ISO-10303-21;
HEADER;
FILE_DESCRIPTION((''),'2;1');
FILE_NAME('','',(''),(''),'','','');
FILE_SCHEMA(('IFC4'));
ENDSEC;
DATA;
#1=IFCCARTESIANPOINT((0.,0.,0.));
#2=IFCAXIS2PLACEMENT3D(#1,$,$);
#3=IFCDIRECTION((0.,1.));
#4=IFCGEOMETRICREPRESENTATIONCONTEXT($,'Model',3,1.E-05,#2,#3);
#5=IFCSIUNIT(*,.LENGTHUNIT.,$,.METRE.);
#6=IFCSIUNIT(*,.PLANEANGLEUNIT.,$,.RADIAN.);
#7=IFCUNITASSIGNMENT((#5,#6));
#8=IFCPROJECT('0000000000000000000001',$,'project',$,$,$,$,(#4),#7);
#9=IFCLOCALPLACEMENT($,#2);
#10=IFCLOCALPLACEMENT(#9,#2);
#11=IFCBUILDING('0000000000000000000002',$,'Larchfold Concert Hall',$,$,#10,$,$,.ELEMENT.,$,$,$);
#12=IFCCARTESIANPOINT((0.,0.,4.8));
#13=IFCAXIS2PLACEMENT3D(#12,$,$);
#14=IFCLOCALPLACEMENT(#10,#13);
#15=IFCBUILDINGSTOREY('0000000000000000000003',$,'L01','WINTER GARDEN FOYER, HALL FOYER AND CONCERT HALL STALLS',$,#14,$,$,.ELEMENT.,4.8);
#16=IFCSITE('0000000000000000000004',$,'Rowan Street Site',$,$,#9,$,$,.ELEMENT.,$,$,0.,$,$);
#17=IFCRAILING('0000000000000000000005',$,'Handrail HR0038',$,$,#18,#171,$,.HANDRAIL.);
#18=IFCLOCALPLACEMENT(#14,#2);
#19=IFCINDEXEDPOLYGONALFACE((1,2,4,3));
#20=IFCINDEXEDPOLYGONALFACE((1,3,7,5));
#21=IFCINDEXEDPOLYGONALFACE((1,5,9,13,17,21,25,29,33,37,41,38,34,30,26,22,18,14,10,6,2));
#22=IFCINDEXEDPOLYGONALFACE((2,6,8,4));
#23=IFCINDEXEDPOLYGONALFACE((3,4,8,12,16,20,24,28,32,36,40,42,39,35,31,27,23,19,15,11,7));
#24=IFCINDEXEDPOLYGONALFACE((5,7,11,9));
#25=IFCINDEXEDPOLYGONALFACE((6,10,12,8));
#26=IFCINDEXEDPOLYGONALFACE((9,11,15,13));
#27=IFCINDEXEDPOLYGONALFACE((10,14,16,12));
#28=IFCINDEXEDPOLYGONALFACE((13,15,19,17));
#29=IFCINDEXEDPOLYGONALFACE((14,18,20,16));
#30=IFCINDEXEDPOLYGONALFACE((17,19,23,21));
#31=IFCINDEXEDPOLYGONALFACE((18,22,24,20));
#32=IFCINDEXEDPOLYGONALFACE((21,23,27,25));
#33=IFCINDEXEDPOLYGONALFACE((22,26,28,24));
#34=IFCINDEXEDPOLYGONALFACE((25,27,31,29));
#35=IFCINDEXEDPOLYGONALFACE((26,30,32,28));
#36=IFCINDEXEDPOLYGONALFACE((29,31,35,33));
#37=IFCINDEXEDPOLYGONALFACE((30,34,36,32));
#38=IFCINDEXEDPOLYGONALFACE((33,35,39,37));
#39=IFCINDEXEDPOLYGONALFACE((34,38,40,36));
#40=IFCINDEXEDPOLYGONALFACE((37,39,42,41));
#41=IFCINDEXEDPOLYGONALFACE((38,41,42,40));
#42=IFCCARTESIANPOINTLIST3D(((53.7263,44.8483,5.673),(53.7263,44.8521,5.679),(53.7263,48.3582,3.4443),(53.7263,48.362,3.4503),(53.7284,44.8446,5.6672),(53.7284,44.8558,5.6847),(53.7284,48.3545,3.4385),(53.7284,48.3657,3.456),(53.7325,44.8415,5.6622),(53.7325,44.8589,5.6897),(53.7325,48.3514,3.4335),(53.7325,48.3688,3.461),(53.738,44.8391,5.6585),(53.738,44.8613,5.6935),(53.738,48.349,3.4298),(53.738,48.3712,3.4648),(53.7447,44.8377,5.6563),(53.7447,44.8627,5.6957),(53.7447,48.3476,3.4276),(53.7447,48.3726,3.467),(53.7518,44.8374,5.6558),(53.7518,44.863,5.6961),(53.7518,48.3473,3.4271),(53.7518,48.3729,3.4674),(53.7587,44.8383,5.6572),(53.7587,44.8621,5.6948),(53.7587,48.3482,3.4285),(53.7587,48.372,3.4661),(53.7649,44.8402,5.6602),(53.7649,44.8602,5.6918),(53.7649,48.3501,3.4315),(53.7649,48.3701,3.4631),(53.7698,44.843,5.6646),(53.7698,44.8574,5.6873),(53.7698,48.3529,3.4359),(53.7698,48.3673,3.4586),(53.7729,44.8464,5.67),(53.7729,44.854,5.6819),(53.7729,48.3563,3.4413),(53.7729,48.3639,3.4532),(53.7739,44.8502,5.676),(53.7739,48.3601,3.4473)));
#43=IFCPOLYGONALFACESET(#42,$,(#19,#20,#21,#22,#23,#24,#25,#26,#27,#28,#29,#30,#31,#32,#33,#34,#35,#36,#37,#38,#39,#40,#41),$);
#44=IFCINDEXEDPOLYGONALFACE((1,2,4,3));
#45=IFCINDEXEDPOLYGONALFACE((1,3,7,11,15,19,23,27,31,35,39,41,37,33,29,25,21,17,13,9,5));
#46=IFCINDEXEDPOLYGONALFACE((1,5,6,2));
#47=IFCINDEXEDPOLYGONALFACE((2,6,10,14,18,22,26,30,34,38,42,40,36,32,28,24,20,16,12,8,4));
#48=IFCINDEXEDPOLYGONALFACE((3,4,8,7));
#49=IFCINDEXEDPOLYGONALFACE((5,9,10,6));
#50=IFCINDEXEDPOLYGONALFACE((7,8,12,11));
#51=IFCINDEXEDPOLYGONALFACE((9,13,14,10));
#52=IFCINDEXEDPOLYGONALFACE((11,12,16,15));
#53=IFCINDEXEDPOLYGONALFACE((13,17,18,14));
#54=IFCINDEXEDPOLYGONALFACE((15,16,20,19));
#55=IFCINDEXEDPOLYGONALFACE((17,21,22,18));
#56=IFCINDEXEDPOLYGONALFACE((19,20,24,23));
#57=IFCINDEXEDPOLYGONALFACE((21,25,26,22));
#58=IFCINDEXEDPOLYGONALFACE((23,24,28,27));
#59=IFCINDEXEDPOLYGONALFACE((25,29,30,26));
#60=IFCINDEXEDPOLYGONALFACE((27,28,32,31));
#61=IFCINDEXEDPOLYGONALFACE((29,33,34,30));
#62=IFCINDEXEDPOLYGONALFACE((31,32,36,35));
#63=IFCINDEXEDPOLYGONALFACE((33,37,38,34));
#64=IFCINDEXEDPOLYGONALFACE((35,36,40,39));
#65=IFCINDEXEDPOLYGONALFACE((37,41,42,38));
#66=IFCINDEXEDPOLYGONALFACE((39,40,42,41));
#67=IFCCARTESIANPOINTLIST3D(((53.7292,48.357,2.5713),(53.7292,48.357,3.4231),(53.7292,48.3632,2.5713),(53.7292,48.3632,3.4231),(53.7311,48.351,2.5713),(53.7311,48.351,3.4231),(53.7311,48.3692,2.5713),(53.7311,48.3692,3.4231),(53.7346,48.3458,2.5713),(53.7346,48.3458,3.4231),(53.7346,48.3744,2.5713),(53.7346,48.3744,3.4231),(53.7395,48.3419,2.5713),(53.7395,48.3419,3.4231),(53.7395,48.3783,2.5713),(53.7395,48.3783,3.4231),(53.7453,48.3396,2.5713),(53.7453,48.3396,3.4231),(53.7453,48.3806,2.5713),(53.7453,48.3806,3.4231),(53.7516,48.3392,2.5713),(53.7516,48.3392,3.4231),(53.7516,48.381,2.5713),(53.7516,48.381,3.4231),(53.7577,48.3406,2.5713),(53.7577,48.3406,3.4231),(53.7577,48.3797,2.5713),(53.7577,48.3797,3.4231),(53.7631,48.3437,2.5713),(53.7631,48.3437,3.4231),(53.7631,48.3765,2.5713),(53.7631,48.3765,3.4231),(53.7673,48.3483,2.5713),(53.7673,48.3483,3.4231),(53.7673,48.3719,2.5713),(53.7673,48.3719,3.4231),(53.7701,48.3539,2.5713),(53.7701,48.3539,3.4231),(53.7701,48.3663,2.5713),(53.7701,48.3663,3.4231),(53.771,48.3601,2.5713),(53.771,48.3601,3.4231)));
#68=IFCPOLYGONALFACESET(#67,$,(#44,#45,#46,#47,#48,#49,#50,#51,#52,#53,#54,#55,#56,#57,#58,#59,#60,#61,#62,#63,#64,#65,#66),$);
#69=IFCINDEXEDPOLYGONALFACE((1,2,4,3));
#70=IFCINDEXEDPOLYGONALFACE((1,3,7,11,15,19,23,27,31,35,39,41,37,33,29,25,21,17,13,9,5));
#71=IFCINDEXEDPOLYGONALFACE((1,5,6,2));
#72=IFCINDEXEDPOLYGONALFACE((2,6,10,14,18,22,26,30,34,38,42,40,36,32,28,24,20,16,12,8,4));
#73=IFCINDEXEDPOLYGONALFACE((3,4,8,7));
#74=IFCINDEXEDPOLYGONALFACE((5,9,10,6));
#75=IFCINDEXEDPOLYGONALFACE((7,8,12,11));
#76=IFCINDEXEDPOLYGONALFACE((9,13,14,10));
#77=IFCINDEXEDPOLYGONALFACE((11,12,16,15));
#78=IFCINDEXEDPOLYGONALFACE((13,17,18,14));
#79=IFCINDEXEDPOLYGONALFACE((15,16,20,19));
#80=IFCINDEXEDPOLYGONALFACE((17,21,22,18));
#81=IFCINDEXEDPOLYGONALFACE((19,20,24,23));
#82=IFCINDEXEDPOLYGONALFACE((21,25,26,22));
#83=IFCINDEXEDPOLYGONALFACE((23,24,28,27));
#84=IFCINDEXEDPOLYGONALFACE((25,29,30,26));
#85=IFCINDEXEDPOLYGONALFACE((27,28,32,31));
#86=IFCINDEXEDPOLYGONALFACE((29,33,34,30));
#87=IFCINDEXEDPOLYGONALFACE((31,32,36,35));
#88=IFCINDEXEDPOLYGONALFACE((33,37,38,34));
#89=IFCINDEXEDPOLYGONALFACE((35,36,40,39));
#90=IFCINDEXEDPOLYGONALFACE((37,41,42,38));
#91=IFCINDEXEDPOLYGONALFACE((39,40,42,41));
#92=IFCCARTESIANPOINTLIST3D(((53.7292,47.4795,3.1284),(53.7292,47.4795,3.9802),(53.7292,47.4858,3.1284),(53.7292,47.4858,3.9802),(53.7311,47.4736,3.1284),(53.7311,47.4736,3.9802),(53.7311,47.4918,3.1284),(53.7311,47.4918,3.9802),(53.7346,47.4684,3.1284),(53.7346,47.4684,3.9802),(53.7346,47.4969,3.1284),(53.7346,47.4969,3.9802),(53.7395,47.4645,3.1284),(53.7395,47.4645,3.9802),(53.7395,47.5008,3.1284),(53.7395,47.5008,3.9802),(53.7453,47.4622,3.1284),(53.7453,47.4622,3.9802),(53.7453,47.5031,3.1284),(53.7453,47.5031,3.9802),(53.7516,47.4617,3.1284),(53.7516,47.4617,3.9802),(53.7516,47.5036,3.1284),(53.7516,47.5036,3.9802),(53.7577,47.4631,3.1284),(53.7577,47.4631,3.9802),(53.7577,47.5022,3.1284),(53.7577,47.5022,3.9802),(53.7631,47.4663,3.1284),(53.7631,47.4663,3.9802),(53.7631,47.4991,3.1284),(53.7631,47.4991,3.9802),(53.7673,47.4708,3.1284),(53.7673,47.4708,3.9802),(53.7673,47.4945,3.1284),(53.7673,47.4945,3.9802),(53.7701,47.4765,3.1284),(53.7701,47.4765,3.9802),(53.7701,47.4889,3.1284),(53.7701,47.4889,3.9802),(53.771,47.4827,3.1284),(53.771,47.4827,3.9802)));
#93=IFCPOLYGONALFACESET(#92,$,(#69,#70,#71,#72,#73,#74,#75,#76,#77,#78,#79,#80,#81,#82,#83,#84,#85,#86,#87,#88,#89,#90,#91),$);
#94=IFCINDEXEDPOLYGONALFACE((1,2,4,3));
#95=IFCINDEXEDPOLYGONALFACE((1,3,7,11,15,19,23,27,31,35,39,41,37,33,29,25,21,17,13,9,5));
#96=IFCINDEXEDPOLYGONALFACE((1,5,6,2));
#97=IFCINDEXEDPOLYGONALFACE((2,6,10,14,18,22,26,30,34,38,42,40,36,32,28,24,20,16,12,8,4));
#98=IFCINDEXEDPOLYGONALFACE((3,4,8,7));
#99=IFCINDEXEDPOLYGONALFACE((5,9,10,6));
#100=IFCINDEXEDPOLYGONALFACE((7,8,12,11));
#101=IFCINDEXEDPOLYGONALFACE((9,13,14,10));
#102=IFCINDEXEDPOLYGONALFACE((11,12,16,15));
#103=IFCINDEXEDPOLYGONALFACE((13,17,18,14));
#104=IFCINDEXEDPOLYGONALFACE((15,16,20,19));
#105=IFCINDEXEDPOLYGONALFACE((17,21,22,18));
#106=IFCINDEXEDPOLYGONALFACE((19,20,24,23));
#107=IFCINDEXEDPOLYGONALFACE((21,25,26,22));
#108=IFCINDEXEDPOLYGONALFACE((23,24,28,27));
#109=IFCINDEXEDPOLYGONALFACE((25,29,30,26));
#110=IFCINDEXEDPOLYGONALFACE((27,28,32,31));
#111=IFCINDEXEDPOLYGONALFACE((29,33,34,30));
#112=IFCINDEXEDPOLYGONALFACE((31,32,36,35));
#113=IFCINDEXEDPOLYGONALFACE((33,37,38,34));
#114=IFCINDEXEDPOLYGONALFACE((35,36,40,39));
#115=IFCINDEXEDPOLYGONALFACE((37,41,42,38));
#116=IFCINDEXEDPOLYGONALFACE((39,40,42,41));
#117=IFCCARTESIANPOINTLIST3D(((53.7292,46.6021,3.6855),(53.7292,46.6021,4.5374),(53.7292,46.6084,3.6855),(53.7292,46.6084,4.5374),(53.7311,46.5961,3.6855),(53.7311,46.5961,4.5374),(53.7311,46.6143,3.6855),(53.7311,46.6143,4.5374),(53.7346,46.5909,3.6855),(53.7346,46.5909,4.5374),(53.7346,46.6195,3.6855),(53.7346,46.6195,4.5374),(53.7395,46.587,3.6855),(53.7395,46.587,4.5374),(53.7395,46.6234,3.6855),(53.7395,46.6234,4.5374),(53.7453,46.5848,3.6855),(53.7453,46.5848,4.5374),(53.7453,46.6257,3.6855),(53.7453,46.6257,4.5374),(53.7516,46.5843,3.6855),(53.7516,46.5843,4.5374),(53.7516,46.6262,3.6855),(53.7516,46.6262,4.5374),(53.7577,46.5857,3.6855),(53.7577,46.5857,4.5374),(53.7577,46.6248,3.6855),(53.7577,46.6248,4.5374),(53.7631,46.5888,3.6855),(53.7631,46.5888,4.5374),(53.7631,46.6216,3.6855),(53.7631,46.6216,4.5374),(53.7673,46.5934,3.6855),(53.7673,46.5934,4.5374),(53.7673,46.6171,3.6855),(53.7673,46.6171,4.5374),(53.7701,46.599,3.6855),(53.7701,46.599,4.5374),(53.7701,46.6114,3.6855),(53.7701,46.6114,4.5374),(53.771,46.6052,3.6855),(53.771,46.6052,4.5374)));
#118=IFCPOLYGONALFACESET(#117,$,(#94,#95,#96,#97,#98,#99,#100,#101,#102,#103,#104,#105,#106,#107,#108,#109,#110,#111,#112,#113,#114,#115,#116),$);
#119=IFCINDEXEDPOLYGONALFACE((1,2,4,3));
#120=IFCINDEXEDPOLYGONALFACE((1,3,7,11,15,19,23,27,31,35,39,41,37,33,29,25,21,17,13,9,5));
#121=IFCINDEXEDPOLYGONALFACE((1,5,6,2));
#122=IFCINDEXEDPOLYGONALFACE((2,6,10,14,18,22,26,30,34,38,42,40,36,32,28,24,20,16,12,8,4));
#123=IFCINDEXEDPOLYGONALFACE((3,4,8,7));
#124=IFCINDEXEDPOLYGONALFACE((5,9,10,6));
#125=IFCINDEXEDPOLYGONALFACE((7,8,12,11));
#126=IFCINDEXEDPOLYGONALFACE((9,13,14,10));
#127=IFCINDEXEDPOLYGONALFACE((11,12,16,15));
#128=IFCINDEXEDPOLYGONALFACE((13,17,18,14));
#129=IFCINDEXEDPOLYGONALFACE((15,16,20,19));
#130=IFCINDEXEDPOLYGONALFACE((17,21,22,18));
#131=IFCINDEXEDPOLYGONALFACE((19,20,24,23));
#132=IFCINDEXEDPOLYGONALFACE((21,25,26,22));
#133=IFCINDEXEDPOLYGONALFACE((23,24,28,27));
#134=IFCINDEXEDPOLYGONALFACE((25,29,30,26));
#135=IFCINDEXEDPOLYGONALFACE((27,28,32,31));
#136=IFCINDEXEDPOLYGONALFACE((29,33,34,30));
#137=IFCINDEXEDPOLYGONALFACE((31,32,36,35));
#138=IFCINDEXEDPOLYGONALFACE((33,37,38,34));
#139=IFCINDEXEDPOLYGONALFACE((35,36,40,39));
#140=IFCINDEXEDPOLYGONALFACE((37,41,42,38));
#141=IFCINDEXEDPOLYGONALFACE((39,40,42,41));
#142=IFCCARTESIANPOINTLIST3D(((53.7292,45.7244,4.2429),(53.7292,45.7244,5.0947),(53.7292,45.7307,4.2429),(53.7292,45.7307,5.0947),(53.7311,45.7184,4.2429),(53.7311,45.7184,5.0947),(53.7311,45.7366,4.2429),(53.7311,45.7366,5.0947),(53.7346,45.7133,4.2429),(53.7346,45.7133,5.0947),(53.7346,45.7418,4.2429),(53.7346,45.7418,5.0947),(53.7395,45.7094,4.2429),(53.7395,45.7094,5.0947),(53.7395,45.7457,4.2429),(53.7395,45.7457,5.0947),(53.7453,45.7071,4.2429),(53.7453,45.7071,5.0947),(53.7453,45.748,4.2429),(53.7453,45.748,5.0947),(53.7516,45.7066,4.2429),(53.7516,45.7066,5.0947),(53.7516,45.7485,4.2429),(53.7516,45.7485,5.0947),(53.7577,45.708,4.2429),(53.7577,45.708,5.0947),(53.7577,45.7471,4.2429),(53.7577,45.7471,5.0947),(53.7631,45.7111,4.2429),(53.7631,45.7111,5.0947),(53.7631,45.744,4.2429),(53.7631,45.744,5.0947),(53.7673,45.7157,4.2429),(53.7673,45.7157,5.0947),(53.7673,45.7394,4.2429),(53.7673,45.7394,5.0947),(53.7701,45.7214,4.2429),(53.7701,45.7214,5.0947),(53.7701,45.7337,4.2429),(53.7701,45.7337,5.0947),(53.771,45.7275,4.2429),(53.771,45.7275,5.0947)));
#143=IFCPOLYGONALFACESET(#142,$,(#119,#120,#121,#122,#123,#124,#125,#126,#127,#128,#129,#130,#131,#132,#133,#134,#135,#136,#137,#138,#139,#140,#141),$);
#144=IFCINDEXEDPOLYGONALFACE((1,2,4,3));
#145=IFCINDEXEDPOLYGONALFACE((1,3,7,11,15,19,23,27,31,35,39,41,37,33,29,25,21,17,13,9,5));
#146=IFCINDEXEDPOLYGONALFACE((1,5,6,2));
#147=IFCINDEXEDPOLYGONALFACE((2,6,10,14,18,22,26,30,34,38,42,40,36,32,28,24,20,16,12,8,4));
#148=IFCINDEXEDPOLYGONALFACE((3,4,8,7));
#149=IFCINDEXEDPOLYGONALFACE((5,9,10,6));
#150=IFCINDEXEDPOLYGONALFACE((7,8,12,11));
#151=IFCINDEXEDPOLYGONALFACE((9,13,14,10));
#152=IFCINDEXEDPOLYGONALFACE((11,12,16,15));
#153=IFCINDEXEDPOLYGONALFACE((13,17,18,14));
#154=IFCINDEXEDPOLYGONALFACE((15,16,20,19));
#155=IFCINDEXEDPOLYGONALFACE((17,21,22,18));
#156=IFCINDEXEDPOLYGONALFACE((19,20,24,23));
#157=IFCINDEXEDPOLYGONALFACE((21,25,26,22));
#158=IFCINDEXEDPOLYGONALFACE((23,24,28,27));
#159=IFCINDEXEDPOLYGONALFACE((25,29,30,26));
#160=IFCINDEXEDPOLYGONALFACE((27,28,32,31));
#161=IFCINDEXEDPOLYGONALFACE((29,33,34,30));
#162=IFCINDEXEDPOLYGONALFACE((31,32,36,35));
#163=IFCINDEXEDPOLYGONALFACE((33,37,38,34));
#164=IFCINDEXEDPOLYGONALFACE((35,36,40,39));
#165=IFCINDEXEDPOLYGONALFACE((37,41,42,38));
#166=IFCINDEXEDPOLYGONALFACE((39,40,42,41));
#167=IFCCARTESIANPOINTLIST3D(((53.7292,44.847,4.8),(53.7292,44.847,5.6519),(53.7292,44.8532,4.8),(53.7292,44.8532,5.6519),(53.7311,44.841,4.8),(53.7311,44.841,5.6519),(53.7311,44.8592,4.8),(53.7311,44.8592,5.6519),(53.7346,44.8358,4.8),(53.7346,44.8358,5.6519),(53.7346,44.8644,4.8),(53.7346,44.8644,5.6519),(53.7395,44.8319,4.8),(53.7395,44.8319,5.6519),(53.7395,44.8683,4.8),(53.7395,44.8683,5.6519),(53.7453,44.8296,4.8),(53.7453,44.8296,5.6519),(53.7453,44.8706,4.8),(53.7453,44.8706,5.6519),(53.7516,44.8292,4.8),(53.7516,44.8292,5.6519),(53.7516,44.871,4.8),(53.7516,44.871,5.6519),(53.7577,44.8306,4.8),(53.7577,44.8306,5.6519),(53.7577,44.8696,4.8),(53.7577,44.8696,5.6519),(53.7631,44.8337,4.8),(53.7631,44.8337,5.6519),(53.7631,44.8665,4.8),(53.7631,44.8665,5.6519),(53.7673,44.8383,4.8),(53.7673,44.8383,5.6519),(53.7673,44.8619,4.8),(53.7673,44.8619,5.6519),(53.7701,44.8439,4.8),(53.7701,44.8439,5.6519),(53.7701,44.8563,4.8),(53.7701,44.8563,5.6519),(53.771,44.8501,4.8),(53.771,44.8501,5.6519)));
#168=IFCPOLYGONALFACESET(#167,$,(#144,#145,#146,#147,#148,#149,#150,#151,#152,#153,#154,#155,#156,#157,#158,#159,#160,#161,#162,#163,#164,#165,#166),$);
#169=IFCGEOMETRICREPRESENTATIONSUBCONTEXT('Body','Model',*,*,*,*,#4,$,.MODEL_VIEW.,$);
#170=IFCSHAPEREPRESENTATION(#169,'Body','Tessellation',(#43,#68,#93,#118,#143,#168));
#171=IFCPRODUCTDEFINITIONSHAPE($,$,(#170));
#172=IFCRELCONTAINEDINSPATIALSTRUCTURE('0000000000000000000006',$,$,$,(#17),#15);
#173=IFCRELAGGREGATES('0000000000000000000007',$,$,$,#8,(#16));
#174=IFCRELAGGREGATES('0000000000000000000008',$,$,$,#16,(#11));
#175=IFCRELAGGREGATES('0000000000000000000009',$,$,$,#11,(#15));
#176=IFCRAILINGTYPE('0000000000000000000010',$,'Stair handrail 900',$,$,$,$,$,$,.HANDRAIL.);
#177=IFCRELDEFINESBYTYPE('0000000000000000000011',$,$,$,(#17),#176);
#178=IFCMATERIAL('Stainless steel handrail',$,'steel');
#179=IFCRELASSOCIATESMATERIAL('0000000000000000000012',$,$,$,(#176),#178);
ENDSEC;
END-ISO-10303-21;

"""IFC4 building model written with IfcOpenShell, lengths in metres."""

from ifc_helpers import new_model, si_unit, direction, frame, origin, origin_2d, place, context, subcontext, project, spatial, circle, extrude, material, type_object, element, save


model = new_model("IFC4")

# Units and contexts
model_context = context("Model", 3, precision=1e-05, world=origin(), true_north=direction((0.0, 1.0)))
body_context = subcontext(model_context, "Body", "Model", "MODEL_VIEW")
ifc_project = project(units=[si_unit("LENGTHUNIT", "METRE"), si_unit("PLANEANGLEUNIT", "RADIAN")], contexts=[model_context])

# Site, building, storey
site_placement = place(None, origin())
site = spatial("IfcSite", under=ifc_project, at=site_placement, Name="Rowan Street Site", CompositionType="ELEMENT", RefElevation=0.0)
building_placement = place(site_placement, origin())
building = spatial("IfcBuilding", under=site, at=building_placement, Name="Larchfold Concert Hall", CompositionType="ELEMENT")
storey_placement = place(building_placement, frame((0.0, 0.0, 4.8)))
storey = spatial("IfcBuildingStorey", under=building, at=storey_placement, Name="L01", Description="WINTER GARDEN FOYER, HALL FOYER AND CONCERT HALL STALLS", CompositionType="ELEMENT", Elevation=4.8)

# Railing
ifc_material_1 = material(Name="Stainless steel handrail", Category="steel")
railing_type_1 = type_object("IfcRailingType", Name="Stair handrail 900", PredefinedType="HANDRAIL", material=ifc_material_1)
railing_1_placement = place(storey_placement, frame((53.75, 48.3601, 2.5713)))
element("IfcRailing", 1, at=railing_1_placement, inside=storey, type_object=railing_type_1, Name="Handrail HR0038", PredefinedType="HANDRAIL", context=body_context, shape_type="SweptSolid", body=[
    extrude(circle(Radius=0.0239, at=origin_2d()), frame((0.0, 0.0, 0.876), z_axis=(0.0, -0.844193, 0.536039), x_axis=(1.0, 0.0, 0.0)), (0.0, 0.0, 1.0), 4.1577),
    extrude(circle(Radius=0.021, at=origin_2d()), origin(), (0.0, 0.0, 1.0), 0.8518),
    extrude(circle(Radius=0.021, at=origin_2d()), frame((0.0, -0.8774, 0.5571)), (0.0, 0.0, 1.0), 0.8518),
    extrude(circle(Radius=0.021, at=origin_2d()), frame((0.0, -1.7549, 1.1143)), (0.0, 0.0, 1.0), 0.8518),
    extrude(circle(Radius=0.021, at=origin_2d()), frame((0.0, -2.6326, 1.6716)), (0.0, 0.0, 1.0), 0.8518),
    extrude(circle(Radius=0.021, at=origin_2d()), frame((0.0, -3.51, 2.2288)), (0.0, 0.0, 1.0), 0.8518),
])

save(model, "model.ifc")
